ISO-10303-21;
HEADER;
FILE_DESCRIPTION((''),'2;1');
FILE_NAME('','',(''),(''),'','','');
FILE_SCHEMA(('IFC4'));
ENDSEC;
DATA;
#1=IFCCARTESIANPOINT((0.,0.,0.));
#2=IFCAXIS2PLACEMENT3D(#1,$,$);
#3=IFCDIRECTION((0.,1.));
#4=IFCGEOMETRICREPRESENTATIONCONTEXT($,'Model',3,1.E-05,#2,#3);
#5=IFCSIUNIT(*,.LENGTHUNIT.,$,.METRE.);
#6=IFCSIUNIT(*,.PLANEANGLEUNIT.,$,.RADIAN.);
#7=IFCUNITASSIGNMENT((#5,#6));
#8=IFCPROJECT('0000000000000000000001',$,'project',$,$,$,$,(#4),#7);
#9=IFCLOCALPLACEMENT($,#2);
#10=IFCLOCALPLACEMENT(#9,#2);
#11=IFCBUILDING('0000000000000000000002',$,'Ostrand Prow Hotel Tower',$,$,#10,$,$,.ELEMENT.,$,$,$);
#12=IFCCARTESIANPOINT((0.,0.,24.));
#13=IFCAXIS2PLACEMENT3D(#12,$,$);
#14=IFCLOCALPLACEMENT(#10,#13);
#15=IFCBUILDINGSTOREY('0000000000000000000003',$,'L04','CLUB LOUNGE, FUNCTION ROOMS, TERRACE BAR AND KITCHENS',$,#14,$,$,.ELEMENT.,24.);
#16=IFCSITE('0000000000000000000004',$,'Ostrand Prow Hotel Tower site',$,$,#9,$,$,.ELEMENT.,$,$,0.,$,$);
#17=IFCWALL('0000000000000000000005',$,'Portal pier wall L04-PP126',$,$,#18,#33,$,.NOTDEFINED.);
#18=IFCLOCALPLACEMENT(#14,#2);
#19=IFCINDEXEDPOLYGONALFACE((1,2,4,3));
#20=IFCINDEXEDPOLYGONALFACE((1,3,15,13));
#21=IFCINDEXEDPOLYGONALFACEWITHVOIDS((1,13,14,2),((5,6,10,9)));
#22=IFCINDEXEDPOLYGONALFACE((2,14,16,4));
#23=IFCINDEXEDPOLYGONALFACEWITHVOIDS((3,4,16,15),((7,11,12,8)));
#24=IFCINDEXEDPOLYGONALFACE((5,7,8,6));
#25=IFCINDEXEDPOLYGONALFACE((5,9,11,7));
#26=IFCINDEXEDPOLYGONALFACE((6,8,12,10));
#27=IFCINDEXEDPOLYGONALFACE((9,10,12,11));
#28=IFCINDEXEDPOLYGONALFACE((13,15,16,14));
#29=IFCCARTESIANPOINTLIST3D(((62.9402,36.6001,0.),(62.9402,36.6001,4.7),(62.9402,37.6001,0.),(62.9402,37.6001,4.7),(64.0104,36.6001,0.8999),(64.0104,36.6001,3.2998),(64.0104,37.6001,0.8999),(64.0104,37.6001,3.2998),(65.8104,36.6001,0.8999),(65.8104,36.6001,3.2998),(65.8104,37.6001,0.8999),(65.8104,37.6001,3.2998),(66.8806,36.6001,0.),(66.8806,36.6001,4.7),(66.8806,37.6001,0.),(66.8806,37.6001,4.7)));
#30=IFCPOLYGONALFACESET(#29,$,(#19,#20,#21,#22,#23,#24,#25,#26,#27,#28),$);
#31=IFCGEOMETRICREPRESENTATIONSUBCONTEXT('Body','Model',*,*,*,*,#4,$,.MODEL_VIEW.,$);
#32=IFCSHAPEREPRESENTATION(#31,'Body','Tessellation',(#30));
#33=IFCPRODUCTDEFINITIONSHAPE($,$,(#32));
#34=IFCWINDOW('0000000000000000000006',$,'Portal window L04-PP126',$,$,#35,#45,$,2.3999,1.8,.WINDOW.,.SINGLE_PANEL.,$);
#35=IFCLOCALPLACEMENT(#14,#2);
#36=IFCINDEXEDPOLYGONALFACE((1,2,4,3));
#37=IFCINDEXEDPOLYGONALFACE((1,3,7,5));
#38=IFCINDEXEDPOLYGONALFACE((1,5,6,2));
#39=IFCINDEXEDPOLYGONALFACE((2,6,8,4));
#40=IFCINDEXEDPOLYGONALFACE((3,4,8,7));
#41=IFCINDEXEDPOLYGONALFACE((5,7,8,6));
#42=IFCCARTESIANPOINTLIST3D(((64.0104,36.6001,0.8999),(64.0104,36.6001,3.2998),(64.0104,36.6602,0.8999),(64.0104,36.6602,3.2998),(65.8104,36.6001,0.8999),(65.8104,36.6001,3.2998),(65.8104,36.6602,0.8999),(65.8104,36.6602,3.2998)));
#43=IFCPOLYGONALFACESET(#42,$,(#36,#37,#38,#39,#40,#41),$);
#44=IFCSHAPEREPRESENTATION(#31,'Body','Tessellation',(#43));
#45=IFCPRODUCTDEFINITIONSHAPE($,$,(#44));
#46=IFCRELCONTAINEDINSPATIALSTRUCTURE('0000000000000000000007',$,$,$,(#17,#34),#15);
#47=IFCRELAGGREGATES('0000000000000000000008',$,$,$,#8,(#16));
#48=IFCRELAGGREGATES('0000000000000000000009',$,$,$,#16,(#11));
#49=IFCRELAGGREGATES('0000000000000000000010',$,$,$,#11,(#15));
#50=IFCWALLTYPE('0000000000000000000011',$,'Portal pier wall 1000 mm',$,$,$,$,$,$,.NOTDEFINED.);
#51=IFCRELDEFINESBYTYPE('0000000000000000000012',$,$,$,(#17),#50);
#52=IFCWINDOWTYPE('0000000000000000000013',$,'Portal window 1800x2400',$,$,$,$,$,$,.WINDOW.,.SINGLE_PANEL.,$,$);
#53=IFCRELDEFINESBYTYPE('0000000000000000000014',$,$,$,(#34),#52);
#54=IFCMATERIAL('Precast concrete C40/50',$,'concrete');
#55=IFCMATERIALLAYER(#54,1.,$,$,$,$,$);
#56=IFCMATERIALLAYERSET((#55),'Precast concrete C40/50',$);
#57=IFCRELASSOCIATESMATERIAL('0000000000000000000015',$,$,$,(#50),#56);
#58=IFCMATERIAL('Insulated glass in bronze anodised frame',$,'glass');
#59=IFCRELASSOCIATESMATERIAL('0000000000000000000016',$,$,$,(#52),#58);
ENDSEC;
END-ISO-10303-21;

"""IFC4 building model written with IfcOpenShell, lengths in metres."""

from ifc_helpers import new_model, si_unit, direction, frame, frame_2d, origin, place, context, subcontext, project, spatial, polyline, rectangle, outline, extrude, material, layer, layer_set, type_object, element, fill, save


model = new_model("IFC4")

# Units and contexts
model_context = context("Model", 3, precision=1e-05, world=origin(), true_north=direction((0.0, 1.0)))
body_context = subcontext(model_context, "Body", "Model", "MODEL_VIEW")
ifc_project = project(units=[si_unit("LENGTHUNIT", "METRE"), si_unit("PLANEANGLEUNIT", "RADIAN")], contexts=[model_context])

# Site, building, storey
site_placement = place(None, origin())
site = spatial("IfcSite", under=ifc_project, at=site_placement, Name="Ostrand Prow Hotel Tower site", CompositionType="ELEMENT", RefElevation=0.0)
building_placement = place(site_placement, origin())
building = spatial("IfcBuilding", under=site, at=building_placement, Name="Ostrand Prow Hotel Tower", CompositionType="ELEMENT")
storey_placement = place(building_placement, frame((0.0, 0.0, 24.0)))
storey = spatial("IfcBuildingStorey", under=building, at=storey_placement, Name="L04", Description="CLUB LOUNGE, FUNCTION ROOMS, TERRACE BAR AND KITCHENS", CompositionType="ELEMENT", Elevation=24.0)

# Shared definitions
ifc_material_1 = material(Name="Precast concrete C40/50", Category="concrete")
ifc_layer_1 = layer(ifc_material_1, 1.0)
ifc_layer_set_1 = layer_set([ifc_layer_1], Name="Precast concrete C40/50")
wall_type_1 = type_object("IfcWallType", Name="Portal pier wall 1000 mm", PredefinedType="NOTDEFINED", material=ifc_layer_set_1)
ifc_material_2 = material(Name="Insulated glass in bronze anodised frame", Category="glass")
window_type = type_object("IfcWindowType", Name="Portal window 1800x2400", PartitioningType="SINGLE_PANEL", PredefinedType="WINDOW", material=ifc_material_2)

# Wall, opening, window
wall_1_placement = place(storey_placement, frame((66.8806, 37.1001, 0.0), z_axis=(0.0, 0.0, 1.0), x_axis=(-1.0, 0.0, 0.0)))
wall_1 = element("IfcWall", 1, at=wall_1_placement, inside=storey, type_object=wall_type_1, Name="Portal pier wall L04-PP126", PredefinedType="NOTDEFINED", context=body_context, shape_type="SweptSolid", body=[
    extrude(outline(polyline([(0.0, -0.5), (3.9404, -0.5), (3.9404, 0.5), (0.0, 0.5), (0.0, -0.5)])), origin(), (0.0, 0.0, 1.0), 4.7),
])
opening_1_placement = place(wall_1_placement, frame((1.0703, 0.0, 0.8999)))
opening_1 = element("IfcOpeningElement", 2, at=opening_1_placement, cuts=wall_1, PredefinedType="OPENING", context=body_context, shape_type="SweptSolid", body=[
    extrude(rectangle(XDim=1.8, YDim=2.3999, at=frame_2d((0.8999, 1.2))), frame((0.0, 0.51, 0.0), z_axis=(0.0, -1.0, 0.0), x_axis=(1.0, 0.0, 0.0)), (0.0, 0.0, 1.0), 1.02),
])
window_1_placement = place(opening_1_placement, origin())
window_1 = element("IfcWindow", 3, at=window_1_placement, inside=storey, type_object=window_type, Name="Portal window L04-PP126", OverallHeight=2.3999, OverallWidth=1.8, PartitioningType="SINGLE_PANEL", PredefinedType="WINDOW", context=body_context, shape_type="SweptSolid", body=[
    extrude(rectangle(XDim=1.8, YDim=2.3999, at=frame_2d((0.8999, 1.2))), frame((0.0, 0.5, 0.0), z_axis=(0.0, -1.0, 0.0), x_axis=(1.0, 0.0, 0.0)), (0.0, 0.0, 1.0), 0.0601),
])
fill(opening_1, window_1)

save(model, "model.ifc")
